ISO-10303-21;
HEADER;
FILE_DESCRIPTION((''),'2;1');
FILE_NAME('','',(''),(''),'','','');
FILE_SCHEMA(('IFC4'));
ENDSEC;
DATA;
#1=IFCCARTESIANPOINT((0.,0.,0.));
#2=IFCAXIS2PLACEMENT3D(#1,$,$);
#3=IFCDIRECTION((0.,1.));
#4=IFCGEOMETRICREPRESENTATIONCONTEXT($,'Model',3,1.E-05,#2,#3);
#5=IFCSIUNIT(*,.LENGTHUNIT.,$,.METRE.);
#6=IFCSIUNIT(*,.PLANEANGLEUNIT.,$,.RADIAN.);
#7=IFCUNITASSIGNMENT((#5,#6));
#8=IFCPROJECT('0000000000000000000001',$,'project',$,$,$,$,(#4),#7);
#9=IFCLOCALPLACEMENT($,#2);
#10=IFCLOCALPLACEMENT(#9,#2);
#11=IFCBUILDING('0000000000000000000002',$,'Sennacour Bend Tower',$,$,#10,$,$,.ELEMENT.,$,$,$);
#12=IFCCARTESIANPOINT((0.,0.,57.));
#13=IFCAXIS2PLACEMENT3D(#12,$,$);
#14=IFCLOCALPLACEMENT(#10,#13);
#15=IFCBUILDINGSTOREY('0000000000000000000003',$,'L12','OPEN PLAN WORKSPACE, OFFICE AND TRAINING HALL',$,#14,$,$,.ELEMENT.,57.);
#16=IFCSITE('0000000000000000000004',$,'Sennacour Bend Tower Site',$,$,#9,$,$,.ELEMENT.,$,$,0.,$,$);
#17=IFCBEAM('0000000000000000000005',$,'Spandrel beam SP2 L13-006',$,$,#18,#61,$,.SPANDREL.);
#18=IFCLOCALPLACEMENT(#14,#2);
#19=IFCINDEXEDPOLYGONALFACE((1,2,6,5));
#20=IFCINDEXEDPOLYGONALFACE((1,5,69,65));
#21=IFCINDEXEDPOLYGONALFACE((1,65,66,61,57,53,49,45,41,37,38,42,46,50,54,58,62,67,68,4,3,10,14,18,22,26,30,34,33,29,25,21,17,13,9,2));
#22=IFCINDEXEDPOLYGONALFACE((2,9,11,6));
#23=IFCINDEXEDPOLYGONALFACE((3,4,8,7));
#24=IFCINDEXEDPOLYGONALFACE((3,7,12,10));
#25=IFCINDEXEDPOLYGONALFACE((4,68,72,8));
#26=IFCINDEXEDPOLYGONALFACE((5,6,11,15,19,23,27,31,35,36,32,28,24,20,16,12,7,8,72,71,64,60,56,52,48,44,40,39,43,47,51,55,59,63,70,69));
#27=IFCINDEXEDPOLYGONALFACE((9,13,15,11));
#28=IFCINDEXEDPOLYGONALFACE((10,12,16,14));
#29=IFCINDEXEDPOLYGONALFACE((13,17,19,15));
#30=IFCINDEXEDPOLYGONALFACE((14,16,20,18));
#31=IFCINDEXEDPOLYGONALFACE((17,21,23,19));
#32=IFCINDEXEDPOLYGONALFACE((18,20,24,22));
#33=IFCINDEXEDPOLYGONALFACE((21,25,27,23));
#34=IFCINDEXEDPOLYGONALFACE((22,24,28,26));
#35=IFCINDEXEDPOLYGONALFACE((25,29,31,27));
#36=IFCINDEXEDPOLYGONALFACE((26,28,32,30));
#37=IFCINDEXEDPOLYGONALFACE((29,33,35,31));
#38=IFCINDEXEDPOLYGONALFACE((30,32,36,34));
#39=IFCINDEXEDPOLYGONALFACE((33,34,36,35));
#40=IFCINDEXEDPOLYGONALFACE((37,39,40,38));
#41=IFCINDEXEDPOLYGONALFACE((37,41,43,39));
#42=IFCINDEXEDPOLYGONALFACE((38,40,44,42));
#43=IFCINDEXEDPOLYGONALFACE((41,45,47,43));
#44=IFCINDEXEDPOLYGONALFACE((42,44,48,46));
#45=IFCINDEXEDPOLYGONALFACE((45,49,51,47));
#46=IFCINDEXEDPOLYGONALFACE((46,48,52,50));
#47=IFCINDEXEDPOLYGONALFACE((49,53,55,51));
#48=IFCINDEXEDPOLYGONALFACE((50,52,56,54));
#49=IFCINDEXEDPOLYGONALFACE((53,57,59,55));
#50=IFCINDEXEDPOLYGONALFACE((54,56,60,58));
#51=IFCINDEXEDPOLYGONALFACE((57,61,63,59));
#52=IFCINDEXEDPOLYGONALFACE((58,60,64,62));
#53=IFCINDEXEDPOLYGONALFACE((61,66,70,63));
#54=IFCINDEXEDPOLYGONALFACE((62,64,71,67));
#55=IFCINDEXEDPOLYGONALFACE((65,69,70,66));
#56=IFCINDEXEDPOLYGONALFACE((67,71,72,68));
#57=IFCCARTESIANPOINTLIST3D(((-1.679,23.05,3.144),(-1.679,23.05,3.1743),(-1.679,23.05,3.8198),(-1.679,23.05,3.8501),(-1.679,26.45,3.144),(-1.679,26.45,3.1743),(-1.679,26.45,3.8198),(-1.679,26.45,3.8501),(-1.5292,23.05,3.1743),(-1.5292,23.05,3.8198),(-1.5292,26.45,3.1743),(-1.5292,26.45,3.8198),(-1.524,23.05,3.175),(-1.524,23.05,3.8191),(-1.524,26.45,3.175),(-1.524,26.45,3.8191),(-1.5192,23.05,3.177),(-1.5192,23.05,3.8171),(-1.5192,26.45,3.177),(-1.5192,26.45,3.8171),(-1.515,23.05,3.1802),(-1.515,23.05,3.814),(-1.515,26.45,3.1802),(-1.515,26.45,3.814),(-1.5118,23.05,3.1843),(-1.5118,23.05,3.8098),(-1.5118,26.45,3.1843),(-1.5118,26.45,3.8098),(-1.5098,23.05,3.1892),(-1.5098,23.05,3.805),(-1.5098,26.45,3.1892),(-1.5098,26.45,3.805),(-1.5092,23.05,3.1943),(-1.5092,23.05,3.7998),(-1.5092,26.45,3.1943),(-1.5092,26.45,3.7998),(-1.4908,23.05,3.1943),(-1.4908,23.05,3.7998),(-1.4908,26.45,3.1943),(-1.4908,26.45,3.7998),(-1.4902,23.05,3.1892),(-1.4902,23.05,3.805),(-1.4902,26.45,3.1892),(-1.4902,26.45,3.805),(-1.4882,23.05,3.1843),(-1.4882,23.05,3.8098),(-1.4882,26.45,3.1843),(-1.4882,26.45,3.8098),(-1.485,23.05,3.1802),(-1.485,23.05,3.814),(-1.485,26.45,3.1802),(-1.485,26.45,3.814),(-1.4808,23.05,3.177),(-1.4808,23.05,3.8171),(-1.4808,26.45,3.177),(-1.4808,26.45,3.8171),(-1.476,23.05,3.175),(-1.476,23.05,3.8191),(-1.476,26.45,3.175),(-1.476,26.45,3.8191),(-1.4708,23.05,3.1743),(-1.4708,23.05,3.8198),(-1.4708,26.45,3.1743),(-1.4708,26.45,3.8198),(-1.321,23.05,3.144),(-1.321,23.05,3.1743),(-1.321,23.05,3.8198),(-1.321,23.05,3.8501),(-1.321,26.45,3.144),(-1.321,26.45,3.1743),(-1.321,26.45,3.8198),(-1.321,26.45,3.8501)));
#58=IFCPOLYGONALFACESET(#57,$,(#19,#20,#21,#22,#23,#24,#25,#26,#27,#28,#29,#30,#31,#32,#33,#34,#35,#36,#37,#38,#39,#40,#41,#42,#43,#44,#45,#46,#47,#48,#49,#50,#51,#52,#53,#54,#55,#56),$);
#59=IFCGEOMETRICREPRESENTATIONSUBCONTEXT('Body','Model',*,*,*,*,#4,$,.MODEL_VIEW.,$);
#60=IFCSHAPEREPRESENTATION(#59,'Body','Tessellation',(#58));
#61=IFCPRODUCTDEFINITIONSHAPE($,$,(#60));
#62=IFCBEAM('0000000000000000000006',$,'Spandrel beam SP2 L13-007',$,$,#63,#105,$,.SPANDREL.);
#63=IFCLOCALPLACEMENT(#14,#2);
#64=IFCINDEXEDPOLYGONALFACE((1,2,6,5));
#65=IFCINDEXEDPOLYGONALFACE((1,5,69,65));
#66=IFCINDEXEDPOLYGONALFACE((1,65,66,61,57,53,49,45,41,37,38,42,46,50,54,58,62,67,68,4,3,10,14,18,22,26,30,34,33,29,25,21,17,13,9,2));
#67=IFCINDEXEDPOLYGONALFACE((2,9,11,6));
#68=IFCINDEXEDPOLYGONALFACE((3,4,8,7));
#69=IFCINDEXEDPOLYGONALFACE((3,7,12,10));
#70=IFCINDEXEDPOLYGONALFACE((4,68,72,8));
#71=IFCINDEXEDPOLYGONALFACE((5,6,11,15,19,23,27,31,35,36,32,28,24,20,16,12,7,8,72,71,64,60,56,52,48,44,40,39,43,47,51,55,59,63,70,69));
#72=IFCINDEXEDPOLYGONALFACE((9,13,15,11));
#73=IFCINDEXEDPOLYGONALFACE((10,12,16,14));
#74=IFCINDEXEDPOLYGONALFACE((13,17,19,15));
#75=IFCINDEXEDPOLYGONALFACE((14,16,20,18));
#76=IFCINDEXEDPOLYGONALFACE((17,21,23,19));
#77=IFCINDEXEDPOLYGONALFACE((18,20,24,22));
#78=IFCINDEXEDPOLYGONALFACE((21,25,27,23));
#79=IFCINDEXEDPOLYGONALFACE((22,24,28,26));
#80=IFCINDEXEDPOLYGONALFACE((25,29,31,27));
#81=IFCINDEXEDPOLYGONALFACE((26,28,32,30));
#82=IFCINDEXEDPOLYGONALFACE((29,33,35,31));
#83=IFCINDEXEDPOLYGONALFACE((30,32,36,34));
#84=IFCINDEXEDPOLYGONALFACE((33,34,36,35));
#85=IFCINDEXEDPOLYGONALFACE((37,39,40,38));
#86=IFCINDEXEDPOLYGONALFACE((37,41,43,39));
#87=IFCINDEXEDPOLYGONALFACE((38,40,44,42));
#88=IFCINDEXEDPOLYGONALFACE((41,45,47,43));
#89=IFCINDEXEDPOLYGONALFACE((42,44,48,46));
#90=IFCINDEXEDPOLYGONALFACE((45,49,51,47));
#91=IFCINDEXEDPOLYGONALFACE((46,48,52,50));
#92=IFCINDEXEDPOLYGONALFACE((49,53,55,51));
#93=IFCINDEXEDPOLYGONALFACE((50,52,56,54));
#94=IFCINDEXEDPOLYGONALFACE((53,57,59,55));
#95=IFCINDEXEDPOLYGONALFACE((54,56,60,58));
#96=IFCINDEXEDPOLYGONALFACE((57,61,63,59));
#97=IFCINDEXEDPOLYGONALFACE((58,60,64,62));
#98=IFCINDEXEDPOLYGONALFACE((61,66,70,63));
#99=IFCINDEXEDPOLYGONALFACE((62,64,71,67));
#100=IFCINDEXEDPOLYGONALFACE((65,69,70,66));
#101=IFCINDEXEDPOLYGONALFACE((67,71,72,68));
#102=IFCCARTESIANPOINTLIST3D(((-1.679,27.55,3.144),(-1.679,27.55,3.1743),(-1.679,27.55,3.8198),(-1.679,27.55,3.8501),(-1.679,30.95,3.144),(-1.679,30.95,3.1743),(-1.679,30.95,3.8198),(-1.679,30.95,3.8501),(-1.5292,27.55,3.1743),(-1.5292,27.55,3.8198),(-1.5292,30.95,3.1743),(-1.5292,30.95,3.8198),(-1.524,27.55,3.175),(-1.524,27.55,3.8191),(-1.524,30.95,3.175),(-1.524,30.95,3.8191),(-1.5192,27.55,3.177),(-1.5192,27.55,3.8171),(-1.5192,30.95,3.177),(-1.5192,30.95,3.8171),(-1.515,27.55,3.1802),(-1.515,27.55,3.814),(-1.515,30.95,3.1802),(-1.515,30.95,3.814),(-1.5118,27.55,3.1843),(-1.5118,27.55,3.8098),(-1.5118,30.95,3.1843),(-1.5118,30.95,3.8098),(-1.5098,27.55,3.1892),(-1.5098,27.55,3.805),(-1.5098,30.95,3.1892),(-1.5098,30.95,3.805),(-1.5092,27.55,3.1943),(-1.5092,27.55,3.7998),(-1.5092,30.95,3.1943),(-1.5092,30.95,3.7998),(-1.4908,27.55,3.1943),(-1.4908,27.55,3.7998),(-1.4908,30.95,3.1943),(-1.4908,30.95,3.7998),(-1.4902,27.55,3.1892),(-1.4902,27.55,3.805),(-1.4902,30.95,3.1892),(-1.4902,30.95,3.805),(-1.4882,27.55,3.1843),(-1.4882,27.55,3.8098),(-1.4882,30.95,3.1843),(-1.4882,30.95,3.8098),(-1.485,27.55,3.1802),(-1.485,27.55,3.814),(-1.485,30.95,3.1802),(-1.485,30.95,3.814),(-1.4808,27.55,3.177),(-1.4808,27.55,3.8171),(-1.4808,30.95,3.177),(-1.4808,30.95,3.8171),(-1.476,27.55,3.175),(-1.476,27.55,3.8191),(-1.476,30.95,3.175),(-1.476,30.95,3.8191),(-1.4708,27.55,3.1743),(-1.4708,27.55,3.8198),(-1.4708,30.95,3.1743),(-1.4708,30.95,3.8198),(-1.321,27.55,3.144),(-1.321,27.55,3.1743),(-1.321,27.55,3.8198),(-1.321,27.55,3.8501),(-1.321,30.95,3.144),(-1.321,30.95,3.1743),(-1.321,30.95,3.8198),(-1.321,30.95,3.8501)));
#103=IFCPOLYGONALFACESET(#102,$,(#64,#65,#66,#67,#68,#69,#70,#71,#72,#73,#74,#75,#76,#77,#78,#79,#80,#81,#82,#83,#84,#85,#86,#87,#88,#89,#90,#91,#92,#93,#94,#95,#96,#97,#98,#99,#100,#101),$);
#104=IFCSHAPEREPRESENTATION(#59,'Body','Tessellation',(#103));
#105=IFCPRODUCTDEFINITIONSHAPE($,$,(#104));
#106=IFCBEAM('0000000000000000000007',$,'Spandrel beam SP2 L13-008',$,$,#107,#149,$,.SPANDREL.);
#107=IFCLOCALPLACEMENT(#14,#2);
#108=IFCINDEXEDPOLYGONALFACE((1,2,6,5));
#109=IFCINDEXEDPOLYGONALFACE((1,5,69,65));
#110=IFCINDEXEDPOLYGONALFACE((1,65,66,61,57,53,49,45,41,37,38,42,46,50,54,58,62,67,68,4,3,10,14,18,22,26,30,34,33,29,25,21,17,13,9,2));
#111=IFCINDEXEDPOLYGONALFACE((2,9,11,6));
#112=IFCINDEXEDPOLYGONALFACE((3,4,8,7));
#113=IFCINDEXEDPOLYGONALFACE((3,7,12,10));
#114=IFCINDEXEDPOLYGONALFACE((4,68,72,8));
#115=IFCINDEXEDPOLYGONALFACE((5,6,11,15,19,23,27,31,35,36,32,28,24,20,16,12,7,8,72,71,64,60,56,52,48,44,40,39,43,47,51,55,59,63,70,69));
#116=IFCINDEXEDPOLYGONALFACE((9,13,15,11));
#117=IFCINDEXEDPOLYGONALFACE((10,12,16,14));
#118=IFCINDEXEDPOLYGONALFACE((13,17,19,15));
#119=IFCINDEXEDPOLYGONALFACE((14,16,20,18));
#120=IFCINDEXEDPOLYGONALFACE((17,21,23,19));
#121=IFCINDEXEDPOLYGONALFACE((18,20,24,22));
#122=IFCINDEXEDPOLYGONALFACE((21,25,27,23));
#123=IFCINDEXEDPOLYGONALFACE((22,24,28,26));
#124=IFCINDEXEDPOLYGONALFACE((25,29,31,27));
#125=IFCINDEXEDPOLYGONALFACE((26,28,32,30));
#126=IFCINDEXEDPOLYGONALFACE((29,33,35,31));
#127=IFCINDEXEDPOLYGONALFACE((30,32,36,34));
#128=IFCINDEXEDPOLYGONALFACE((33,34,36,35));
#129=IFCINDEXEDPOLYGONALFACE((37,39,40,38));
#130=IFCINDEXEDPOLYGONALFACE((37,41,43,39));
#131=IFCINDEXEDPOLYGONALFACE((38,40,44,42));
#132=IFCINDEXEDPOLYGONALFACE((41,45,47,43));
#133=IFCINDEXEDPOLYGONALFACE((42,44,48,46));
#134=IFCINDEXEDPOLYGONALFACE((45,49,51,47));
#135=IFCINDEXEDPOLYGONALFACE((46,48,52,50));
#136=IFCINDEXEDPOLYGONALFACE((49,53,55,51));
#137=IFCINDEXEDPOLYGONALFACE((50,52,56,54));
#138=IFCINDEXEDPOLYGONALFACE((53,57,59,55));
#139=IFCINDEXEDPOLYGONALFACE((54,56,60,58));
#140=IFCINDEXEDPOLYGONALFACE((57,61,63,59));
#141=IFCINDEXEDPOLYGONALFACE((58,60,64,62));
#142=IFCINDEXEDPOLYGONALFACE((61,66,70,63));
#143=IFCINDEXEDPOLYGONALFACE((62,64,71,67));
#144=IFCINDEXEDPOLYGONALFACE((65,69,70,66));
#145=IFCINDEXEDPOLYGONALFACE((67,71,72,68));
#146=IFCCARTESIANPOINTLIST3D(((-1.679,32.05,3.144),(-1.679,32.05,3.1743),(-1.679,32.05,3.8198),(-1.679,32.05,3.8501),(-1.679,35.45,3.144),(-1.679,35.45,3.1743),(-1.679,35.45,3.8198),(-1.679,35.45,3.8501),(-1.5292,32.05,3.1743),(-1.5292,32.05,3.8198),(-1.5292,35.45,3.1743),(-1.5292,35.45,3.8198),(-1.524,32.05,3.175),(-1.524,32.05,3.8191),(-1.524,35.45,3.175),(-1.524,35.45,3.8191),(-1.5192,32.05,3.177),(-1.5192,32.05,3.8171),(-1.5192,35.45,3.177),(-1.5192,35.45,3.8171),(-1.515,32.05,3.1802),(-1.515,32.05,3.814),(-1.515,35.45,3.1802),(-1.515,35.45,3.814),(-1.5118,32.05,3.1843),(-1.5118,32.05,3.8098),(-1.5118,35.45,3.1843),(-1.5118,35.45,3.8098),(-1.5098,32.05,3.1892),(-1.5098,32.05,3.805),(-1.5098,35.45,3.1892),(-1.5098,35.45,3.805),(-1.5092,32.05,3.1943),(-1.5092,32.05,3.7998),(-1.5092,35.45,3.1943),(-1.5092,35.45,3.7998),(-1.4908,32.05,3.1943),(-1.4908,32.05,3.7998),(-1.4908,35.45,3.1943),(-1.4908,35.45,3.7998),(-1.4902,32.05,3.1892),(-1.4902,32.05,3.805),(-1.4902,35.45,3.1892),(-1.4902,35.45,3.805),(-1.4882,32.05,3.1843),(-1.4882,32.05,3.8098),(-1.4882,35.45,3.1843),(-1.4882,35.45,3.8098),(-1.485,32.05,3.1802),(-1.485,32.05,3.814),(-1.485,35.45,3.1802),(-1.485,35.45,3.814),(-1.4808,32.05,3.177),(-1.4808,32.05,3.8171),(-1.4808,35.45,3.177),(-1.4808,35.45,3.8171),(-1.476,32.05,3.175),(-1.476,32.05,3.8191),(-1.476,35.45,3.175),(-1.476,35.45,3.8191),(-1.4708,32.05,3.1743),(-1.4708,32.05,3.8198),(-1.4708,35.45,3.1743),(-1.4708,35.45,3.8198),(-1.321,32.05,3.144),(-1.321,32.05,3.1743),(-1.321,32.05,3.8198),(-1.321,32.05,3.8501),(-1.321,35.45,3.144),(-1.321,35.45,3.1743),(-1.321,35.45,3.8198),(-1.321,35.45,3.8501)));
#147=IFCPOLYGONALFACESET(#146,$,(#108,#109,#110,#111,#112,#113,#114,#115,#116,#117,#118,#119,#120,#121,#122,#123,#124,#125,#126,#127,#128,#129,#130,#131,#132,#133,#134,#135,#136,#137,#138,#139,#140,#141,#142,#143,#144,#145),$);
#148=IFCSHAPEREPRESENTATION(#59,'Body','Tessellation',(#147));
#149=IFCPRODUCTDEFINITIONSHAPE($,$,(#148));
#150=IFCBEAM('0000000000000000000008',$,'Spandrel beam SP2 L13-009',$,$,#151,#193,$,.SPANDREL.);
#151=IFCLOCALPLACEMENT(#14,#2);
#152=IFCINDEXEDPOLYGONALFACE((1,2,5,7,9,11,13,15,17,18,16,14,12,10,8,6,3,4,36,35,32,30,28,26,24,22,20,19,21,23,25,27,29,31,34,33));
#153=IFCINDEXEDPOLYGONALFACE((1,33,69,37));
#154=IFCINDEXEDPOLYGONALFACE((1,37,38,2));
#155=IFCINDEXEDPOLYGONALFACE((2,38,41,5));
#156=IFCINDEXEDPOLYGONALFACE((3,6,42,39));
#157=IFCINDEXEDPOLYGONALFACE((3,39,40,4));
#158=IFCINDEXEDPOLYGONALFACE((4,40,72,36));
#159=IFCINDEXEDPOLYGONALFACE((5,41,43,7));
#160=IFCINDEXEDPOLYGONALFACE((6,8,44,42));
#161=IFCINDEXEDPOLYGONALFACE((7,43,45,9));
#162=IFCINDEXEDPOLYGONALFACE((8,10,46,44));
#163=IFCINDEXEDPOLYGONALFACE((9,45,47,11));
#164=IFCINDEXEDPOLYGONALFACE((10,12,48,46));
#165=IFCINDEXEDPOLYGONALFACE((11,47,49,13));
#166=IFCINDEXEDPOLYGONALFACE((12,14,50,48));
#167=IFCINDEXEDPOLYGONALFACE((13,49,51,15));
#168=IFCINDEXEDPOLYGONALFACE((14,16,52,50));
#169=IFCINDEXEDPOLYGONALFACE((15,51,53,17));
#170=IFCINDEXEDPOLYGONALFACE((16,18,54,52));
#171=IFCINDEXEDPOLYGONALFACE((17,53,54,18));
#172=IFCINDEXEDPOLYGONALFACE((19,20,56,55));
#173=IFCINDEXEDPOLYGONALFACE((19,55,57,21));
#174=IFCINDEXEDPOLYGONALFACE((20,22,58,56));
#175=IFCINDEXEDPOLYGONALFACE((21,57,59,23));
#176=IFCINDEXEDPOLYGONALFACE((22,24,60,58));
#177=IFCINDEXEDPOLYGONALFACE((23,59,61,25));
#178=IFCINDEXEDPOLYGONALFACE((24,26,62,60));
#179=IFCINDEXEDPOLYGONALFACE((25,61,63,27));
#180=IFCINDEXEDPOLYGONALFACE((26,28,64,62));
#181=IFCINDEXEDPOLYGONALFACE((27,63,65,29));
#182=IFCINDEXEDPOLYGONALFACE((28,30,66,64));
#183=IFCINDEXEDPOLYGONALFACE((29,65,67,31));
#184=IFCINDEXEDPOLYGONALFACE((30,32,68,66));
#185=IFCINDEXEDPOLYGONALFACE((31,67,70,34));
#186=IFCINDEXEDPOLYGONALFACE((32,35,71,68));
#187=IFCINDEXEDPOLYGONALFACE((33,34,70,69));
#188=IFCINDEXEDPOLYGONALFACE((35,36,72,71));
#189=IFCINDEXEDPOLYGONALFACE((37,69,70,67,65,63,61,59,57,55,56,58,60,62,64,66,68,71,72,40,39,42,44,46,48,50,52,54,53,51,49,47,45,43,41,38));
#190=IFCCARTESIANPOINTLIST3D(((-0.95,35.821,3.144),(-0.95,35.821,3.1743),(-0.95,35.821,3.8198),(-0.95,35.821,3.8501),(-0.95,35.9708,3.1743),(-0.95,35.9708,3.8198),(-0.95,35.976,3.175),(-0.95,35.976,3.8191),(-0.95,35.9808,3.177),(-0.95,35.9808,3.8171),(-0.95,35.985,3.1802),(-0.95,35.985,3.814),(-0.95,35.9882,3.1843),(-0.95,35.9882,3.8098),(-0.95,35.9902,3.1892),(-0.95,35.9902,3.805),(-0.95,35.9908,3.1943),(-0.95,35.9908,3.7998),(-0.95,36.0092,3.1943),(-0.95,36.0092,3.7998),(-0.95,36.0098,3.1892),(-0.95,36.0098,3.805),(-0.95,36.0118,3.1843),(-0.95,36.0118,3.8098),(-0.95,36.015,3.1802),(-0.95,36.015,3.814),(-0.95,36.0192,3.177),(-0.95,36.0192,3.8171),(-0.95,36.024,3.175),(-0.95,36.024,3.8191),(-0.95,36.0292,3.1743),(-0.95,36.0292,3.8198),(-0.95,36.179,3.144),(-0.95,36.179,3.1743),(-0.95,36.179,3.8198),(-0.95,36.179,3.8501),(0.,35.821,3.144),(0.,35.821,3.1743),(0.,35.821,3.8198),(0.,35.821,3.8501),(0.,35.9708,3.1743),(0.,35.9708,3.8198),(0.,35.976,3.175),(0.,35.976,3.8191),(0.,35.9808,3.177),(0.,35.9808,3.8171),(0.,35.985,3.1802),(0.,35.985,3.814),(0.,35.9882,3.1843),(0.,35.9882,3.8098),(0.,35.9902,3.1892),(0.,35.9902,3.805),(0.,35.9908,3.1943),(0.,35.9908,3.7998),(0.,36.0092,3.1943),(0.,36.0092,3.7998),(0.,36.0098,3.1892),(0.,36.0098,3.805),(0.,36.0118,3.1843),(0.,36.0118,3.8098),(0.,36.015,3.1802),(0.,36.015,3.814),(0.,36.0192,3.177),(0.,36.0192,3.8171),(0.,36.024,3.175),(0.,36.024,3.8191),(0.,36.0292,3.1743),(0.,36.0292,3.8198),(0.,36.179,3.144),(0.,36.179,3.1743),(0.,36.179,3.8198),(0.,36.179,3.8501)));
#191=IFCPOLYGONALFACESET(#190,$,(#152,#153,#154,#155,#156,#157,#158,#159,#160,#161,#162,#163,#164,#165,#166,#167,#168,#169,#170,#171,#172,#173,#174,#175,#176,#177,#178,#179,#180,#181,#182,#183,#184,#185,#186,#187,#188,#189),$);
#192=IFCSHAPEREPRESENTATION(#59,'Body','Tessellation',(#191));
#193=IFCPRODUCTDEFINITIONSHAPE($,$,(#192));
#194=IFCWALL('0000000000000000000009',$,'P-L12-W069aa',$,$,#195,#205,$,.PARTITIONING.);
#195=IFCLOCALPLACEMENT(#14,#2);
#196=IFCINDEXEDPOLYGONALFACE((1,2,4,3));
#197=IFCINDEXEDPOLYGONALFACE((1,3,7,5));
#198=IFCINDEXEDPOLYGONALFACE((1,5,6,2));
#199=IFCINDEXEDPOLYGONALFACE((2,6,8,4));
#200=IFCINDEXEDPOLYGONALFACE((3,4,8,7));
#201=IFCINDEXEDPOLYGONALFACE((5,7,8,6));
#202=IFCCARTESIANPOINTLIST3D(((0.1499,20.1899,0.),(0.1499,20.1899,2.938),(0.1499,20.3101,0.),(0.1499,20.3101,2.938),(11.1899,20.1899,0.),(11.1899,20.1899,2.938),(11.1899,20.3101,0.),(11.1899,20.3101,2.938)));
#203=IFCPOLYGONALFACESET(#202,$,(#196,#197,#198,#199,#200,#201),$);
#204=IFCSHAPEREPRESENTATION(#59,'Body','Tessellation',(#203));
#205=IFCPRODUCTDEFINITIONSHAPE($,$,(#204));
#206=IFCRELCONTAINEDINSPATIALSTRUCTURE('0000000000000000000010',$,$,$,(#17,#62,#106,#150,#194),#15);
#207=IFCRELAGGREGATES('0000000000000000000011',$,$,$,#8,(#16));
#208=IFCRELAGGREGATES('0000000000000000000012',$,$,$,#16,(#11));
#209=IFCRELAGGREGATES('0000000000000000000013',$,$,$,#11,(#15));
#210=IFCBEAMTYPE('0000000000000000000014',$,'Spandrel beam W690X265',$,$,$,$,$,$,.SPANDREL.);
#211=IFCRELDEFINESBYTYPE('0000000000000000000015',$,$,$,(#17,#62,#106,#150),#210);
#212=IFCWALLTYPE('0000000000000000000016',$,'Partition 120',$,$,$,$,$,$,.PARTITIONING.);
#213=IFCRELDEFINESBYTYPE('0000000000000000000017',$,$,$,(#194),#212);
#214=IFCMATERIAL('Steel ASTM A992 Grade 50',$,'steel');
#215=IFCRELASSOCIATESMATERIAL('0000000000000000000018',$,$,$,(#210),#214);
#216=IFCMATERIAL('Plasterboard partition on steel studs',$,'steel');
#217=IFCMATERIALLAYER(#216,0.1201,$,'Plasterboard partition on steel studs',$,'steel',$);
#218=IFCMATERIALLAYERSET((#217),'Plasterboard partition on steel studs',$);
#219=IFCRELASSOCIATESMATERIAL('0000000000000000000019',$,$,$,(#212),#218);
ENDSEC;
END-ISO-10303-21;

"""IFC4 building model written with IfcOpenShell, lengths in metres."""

from ifc_helpers import new_model, si_unit, direction, frame, frame_2d, origin, origin_2d, place, context, subcontext, project, spatial, rectangle, i_section, extrude, material, layer, layer_set, material_profile, profile_set, type_object, element, save


model = new_model("IFC4")

# Units and contexts
model_context = context("Model", 3, precision=1e-05, world=origin(), true_north=direction((0.0, 1.0)))
body_context = subcontext(model_context, "Body", "Model", "MODEL_VIEW")
ifc_project = project(units=[si_unit("LENGTHUNIT", "METRE"), si_unit("PLANEANGLEUNIT", "RADIAN")], contexts=[model_context])

# Site, building, storey
site_placement = place(None, origin())
site = spatial("IfcSite", under=ifc_project, at=site_placement, Name="Sennacour Bend Tower Site", CompositionType="ELEMENT", RefElevation=0.0)
building_placement = place(site_placement, origin())
building = spatial("IfcBuilding", under=site, at=building_placement, Name="Sennacour Bend Tower", CompositionType="ELEMENT")
storey_placement = place(building_placement, frame((0.0, 0.0, 57.0)))
storey = spatial("IfcBuildingStorey", under=building, at=storey_placement, Name="L12", Description="OPEN PLAN WORKSPACE, OFFICE AND TRAINING HALL", CompositionType="ELEMENT", Elevation=57.0)

# Beams
ifc_material_1 = material(Name="Steel ASTM A992 Grade 50", Category="steel")
ifc_material_profile_1 = material_profile(ifc_material_1, i_section(OverallWidth=0.3579, OverallDepth=0.7061, WebThickness=0.0183, FlangeThickness=0.0303, FilletRadius=0.02, at=origin_2d()), Name="Steel ASTM A992 Grade 50", Category="steel")
ifc_profile_set_1 = profile_set([ifc_material_profile_1], Name="Steel ASTM A992 Grade 50")
beam_type_1 = type_object("IfcBeamType", Name="Spandrel beam W690X265", PredefinedType="SPANDREL", material=ifc_profile_set_1)
for number, where, z_axis, x_axis, name in (
    (1, (-1.5, 23.05, 3.4971), (0.0, 1.0, 0.0), (-1.0, 0.0, 0.0), "Spandrel beam SP2 L13-006"),
    (2, (-1.5, 27.55, 3.4971), (0.0, 1.0, 0.0), (-1.0, 0.0, 0.0), "Spandrel beam SP2 L13-007"),
    (3, (-1.5, 32.05, 3.4971), (0.0, 1.0, 0.0), (-1.0, 0.0, 0.0), "Spandrel beam SP2 L13-008"),
):
    element("IfcBeam", number, at=place(storey_placement, frame(where, z_axis=z_axis, x_axis=x_axis)), inside=storey, type_object=beam_type_1, Name=name, PredefinedType="SPANDREL", context=body_context, shape_type="SweptSolid", body=[
        extrude(i_section(OverallWidth=0.3579, OverallDepth=0.7061, WebThickness=0.0183, FlangeThickness=0.0303, FilletRadius=0.02, at=origin_2d()), origin(), (0.0, 0.0, 1.0), 3.3999),
    ])
beam_1_placement = place(storey_placement, frame((-0.95, 36.0, 3.4971), z_axis=(1.0, 0.0, 0.0), x_axis=(0.0, 1.0, 0.0)))
element("IfcBeam", 4, at=beam_1_placement, inside=storey, type_object=beam_type_1, Name="Spandrel beam SP2 L13-009", PredefinedType="SPANDREL", context=body_context, shape_type="SweptSolid", body=[
    extrude(i_section(OverallWidth=0.3579, OverallDepth=0.7061, WebThickness=0.0183, FlangeThickness=0.0303, FilletRadius=0.02, at=origin_2d()), origin(), (0.0, 0.0, 1.0), 0.95),
])

# Wall
ifc_material_2 = material(Name="Plasterboard partition on steel studs", Category="steel")
ifc_layer_1 = layer(ifc_material_2, 0.1201, Name="Plasterboard partition on steel studs", Category="steel")
ifc_layer_set_1 = layer_set([ifc_layer_1], Name="Plasterboard partition on steel studs")
wall_type_1 = type_object("IfcWallType", Name="Partition 120", PredefinedType="PARTITIONING", material=ifc_layer_set_1)
wall_1_placement = place(storey_placement, frame((0.1499, 20.25, 0.0), z_axis=(0.0, 0.0, 1.0), x_axis=(1.0, 0.0, 0.0)))
element("IfcWall", 5, at=wall_1_placement, inside=storey, type_object=wall_type_1, Name="P-L12-W069aa", PredefinedType="PARTITIONING", context=body_context, shape_type="SweptSolid", body=[
    extrude(rectangle(XDim=11.04, YDim=0.1201, at=frame_2d((5.52, 0.0))), origin(), (0.0, 0.0, 1.0), 2.938),
])

save(model, "model.ifc")
